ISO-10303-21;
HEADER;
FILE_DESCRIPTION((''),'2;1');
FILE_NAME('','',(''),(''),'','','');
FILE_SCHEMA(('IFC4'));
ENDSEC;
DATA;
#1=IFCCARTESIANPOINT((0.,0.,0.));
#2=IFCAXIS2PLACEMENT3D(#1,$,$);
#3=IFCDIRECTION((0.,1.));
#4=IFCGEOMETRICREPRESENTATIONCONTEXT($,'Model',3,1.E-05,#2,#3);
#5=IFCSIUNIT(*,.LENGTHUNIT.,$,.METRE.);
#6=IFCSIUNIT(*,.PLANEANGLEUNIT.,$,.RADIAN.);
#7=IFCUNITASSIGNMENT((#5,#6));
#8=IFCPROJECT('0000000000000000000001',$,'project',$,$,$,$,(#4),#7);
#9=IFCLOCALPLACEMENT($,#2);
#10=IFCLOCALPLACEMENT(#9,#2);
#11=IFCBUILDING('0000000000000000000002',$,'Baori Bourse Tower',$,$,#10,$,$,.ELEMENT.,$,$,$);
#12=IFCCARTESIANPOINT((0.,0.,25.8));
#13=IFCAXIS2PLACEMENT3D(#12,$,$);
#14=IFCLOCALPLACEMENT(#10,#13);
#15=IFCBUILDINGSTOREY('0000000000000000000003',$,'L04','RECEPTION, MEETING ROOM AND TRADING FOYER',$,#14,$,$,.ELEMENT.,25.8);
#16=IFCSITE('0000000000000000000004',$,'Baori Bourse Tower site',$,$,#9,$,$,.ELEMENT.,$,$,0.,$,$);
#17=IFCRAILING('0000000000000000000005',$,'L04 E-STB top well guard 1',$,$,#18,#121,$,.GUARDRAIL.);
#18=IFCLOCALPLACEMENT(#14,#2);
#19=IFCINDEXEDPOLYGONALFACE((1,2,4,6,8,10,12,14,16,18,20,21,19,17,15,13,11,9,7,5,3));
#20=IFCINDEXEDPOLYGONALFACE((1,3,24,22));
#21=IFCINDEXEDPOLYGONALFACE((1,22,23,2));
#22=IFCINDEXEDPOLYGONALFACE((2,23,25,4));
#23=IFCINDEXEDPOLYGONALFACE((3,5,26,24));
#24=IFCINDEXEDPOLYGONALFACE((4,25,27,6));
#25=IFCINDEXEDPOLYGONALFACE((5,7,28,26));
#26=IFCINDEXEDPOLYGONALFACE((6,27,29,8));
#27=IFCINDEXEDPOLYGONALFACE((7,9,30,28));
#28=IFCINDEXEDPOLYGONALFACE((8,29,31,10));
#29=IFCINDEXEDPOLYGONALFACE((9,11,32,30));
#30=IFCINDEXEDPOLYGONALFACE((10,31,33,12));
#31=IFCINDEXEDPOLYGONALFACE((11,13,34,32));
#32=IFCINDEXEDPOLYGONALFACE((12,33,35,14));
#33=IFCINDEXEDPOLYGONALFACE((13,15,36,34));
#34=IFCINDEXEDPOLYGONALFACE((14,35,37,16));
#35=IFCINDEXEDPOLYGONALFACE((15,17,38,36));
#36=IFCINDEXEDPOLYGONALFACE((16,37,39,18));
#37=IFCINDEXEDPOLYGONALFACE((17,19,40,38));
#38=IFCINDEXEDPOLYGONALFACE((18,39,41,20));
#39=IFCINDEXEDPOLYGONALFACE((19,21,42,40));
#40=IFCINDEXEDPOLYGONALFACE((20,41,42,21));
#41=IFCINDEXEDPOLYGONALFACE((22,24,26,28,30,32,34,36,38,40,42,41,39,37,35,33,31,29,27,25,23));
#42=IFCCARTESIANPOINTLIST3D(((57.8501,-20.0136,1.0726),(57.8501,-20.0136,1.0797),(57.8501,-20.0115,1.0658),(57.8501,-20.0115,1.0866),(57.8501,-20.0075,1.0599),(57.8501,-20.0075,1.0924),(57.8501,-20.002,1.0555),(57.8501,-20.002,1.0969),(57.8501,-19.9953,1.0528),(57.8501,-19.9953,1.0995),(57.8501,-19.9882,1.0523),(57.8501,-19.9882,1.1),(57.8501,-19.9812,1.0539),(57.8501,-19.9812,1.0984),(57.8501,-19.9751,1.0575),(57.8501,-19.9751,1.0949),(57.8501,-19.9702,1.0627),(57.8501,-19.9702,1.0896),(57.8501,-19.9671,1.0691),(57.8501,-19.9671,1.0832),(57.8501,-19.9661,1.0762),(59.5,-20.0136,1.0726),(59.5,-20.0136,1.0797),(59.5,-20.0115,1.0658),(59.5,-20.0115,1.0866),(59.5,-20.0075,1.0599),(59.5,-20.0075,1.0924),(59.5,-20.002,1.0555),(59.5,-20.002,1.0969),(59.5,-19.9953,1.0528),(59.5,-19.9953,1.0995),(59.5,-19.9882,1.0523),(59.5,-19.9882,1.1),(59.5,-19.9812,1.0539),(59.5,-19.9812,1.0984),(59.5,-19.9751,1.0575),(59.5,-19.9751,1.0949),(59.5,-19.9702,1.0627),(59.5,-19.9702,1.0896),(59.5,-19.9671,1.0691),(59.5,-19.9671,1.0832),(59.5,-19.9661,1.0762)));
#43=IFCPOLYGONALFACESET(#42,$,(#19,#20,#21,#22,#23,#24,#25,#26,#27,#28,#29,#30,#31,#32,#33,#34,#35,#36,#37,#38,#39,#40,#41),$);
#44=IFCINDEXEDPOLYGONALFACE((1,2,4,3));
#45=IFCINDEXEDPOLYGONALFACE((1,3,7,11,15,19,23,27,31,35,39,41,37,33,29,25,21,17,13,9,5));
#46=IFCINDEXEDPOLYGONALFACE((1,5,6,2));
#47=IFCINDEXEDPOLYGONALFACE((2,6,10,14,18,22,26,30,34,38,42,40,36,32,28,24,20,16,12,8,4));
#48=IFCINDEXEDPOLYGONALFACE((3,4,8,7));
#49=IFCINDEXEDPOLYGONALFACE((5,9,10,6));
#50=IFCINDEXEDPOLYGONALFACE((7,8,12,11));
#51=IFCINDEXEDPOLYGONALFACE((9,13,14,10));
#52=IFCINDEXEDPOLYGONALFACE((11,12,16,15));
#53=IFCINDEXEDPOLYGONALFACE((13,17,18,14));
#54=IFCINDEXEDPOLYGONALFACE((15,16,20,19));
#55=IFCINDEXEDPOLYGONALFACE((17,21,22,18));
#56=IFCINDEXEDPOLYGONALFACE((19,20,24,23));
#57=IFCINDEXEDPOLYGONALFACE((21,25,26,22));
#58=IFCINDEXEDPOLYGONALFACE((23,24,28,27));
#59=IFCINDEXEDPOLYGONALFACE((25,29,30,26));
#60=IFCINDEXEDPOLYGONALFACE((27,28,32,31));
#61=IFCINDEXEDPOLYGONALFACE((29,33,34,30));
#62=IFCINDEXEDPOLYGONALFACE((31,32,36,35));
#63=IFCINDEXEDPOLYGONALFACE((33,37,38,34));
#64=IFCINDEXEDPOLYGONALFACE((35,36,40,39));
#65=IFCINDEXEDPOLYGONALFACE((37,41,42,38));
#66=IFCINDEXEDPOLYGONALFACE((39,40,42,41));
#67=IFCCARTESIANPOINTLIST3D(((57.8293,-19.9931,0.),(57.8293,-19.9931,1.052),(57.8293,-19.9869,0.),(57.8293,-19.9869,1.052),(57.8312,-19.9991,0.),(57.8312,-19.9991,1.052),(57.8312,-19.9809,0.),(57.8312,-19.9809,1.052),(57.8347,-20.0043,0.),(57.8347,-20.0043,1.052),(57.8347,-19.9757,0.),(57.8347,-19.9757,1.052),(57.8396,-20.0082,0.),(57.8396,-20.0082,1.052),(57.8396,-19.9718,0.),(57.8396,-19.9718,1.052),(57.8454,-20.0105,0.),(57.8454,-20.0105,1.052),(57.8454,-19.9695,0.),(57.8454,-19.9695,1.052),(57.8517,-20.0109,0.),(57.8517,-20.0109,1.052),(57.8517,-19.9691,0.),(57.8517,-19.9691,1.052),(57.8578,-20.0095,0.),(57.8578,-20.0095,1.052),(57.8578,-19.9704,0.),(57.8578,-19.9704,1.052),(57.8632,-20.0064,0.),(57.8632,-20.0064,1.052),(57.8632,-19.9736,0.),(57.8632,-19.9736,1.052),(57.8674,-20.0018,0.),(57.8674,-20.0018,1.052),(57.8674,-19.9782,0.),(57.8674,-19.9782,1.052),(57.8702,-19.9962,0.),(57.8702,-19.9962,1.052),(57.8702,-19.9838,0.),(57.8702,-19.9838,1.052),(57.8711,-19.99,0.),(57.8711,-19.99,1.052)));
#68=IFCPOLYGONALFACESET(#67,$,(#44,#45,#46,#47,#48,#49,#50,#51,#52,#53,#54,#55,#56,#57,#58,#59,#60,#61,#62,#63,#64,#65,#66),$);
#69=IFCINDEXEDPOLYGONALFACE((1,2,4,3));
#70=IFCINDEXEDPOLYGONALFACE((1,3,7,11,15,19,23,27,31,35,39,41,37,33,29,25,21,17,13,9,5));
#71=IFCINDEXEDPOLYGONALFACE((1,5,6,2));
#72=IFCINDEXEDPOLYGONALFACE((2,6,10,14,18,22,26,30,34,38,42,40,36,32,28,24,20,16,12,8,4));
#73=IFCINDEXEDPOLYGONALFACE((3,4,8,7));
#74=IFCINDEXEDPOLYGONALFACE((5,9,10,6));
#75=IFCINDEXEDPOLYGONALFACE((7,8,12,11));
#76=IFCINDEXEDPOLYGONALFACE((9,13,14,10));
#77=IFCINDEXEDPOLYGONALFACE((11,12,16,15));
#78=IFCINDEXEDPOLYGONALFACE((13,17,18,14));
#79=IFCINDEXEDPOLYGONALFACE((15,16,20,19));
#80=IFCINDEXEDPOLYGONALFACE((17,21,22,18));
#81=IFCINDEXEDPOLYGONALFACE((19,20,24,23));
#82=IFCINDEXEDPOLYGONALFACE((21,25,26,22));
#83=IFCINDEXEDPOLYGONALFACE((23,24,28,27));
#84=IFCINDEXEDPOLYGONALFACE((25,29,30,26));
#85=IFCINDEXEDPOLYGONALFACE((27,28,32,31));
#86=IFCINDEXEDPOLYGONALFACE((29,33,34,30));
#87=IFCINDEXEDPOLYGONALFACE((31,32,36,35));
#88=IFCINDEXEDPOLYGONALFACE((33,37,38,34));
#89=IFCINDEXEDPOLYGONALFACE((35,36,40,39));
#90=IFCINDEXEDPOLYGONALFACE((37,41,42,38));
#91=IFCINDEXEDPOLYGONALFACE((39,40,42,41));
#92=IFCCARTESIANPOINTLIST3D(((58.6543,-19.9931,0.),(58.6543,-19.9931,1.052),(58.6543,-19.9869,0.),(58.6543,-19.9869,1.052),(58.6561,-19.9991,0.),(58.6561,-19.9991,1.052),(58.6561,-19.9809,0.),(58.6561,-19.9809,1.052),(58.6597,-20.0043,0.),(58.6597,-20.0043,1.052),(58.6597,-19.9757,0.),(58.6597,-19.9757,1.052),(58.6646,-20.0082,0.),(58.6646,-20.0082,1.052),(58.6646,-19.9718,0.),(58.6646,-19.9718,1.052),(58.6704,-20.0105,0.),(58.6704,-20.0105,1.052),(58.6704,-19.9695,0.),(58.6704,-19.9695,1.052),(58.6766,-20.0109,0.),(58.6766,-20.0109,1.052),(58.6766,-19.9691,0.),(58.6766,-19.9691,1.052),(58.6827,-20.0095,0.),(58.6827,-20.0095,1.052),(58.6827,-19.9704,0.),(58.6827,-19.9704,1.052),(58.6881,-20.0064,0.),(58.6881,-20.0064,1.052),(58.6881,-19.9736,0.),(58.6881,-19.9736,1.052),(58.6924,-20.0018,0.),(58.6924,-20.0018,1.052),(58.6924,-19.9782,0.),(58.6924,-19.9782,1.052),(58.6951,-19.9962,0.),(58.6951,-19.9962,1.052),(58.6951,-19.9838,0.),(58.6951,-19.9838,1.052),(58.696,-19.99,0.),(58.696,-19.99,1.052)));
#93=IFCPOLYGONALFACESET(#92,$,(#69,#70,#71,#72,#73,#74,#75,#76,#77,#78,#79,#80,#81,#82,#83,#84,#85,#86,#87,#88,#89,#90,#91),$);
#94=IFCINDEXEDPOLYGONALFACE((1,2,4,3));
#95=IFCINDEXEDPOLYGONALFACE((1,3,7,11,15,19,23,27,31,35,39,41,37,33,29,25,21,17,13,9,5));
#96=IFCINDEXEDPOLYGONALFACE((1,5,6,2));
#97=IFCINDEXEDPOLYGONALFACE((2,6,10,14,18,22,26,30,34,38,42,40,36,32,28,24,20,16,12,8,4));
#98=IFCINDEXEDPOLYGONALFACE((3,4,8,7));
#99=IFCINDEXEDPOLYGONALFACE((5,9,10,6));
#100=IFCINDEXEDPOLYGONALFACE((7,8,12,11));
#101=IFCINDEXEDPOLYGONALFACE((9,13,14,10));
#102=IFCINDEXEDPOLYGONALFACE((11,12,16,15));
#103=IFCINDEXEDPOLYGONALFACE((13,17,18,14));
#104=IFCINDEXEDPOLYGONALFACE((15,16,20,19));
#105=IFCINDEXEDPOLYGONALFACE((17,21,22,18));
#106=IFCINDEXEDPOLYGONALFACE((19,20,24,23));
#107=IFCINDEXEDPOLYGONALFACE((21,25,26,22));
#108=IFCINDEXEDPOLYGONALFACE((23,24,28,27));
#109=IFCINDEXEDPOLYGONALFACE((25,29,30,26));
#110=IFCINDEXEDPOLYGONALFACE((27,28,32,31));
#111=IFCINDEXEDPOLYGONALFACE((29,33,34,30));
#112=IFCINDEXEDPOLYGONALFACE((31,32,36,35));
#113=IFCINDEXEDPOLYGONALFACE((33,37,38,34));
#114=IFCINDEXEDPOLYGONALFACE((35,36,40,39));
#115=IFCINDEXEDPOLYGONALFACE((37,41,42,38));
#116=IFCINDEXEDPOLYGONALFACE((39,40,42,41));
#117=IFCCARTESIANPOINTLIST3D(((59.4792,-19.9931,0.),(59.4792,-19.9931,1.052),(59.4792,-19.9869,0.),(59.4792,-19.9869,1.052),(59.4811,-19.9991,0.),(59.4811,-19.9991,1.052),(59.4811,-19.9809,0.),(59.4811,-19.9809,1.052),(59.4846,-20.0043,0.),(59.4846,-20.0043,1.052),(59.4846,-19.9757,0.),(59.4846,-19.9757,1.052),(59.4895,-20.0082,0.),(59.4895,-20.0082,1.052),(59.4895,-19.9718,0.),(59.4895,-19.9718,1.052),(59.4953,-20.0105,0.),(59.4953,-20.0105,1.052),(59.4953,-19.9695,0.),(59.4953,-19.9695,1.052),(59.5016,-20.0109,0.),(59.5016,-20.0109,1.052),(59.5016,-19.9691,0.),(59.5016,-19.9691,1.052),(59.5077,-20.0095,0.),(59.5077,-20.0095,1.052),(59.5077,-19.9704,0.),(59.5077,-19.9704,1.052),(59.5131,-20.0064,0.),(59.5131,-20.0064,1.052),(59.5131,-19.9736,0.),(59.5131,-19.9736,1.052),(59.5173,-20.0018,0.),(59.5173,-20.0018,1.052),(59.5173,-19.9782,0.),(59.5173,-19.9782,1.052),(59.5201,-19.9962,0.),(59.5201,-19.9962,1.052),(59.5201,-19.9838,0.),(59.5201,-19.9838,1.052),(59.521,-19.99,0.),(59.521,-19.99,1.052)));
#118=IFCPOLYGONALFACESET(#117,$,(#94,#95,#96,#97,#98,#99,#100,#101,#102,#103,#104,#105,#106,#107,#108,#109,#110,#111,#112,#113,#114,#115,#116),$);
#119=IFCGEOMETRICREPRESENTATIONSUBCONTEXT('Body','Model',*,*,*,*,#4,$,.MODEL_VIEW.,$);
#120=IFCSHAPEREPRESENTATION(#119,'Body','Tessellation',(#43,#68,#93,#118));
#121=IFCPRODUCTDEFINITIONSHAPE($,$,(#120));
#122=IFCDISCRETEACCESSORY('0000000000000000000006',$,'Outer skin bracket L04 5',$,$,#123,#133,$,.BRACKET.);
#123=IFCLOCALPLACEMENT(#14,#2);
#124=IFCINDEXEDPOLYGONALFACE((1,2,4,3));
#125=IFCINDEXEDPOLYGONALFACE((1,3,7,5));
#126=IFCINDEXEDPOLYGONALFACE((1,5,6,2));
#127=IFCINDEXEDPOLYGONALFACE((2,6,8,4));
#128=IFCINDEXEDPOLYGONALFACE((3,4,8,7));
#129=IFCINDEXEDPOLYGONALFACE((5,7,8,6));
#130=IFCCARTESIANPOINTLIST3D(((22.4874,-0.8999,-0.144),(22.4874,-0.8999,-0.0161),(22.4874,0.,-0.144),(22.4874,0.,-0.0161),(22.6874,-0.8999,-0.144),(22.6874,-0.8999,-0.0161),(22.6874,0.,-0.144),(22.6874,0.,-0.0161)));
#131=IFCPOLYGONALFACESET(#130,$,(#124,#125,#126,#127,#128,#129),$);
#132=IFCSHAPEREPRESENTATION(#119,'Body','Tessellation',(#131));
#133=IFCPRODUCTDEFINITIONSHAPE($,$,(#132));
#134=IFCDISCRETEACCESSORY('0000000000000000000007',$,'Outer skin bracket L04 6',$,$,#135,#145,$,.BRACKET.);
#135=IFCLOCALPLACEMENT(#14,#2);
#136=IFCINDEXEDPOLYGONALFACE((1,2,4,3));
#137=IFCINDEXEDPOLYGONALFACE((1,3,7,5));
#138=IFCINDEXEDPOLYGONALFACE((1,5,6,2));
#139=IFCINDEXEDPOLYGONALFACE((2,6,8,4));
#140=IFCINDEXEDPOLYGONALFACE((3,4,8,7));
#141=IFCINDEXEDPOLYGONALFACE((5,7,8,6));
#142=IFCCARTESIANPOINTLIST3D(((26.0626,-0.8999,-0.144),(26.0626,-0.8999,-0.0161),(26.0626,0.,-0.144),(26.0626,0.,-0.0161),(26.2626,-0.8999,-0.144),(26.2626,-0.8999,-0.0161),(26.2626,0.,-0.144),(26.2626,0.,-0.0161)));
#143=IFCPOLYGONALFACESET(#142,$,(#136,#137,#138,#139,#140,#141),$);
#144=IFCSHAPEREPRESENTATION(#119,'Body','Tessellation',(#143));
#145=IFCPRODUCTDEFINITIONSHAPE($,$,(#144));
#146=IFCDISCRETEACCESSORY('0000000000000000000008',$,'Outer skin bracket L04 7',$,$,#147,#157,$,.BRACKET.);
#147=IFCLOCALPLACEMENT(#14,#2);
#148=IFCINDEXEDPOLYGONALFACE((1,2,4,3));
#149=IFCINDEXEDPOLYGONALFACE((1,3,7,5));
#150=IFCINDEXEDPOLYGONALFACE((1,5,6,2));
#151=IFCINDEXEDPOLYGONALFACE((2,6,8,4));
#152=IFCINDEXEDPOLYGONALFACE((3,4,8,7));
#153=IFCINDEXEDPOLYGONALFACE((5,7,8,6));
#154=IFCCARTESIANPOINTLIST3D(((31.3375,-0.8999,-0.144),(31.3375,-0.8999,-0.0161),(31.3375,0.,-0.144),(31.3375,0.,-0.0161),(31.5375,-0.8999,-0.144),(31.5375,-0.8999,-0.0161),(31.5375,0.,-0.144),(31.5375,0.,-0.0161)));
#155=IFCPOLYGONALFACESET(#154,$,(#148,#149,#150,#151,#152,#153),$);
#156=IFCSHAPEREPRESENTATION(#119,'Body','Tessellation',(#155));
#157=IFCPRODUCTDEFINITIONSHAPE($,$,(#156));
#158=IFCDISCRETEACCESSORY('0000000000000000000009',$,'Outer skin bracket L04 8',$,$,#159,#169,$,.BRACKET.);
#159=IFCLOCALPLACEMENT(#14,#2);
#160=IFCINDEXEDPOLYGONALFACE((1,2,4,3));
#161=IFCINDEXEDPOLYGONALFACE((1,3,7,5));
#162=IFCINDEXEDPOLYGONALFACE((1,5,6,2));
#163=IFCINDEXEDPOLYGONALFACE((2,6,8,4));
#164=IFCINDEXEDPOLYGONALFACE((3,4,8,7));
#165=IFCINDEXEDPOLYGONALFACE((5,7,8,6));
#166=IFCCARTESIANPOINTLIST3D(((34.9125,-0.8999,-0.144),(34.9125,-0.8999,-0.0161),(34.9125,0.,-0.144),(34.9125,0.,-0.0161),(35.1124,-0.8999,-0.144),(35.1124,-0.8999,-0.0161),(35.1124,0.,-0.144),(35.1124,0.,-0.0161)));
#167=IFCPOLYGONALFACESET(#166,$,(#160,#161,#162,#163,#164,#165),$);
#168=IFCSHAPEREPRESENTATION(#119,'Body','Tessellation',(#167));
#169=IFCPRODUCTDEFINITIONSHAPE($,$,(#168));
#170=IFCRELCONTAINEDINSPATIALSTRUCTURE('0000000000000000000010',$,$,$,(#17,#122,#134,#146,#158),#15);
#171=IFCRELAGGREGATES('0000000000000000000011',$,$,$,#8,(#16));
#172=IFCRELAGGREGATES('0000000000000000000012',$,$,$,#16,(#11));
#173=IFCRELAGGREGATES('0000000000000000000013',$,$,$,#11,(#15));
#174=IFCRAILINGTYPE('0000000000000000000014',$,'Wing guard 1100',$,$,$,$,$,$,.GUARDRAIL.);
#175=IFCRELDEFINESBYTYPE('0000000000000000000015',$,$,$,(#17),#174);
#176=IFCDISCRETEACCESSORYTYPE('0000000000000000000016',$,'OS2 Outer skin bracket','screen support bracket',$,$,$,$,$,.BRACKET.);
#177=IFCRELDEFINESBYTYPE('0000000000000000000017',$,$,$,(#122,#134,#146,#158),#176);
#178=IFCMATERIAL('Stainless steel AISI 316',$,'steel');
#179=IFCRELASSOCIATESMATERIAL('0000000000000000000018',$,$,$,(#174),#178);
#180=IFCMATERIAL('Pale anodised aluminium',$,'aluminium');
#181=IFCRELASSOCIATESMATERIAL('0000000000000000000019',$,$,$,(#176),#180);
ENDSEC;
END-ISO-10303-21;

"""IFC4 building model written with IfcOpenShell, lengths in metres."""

from ifc_helpers import new_model, si_unit, direction, frame, origin, origin_2d, place, context, subcontext, project, spatial, rectangle, circle, extrude, material, type_object, element, save


model = new_model("IFC4")

# Units and contexts
model_context = context("Model", 3, precision=1e-05, world=origin(), true_north=direction((0.0, 1.0)))
body_context = subcontext(model_context, "Body", "Model", "MODEL_VIEW")
ifc_project = project(units=[si_unit("LENGTHUNIT", "METRE"), si_unit("PLANEANGLEUNIT", "RADIAN")], contexts=[model_context])

# Site, building, storey
site_placement = place(None, origin())
site = spatial("IfcSite", under=ifc_project, at=site_placement, Name="Baori Bourse Tower site", CompositionType="ELEMENT", RefElevation=0.0)
building_placement = place(site_placement, origin())
building = spatial("IfcBuilding", under=site, at=building_placement, Name="Baori Bourse Tower", CompositionType="ELEMENT")
storey_placement = place(building_placement, frame((0.0, 0.0, 25.8)))
storey = spatial("IfcBuildingStorey", under=building, at=storey_placement, Name="L04", Description="RECEPTION, MEETING ROOM AND TRADING FOYER", CompositionType="ELEMENT", Elevation=25.8)

# Railing
ifc_material_1 = material(Name="Stainless steel AISI 316", Category="steel")
railing_type = type_object("IfcRailingType", Name="Wing guard 1100", PredefinedType="GUARDRAIL", material=ifc_material_1)
railing_placement = place(storey_placement, frame((57.8501, -19.99, 0.0)))
element("IfcRailing", 1, at=railing_placement, inside=storey, type_object=railing_type, Name="L04 E-STB top well guard 1", PredefinedType="GUARDRAIL", context=body_context, shape_type="SweptSolid", body=[
    extrude(circle(Radius=0.0239, at=origin_2d()), frame((0.0, 0.0, 1.0762), z_axis=(1.0, 0.0, 0.0), x_axis=(0.0, 1.0, 0.0)), (0.0, 0.0, 1.0), 1.6499),
    extrude(circle(Radius=0.021, at=origin_2d()), origin(), (0.0, 0.0, 1.0), 1.052),
    extrude(circle(Radius=0.021, at=origin_2d()), frame((0.825, 0.0, 0.0)), (0.0, 0.0, 1.0), 1.052),
    extrude(circle(Radius=0.021, at=origin_2d()), frame((1.6499, 0.0, 0.0)), (0.0, 0.0, 1.0), 1.052),
])

# Discrete accessories
ifc_material_2 = material(Name="Pale anodised aluminium", Category="aluminium")
discrete_accessory_type = type_object("IfcDiscreteAccessoryType", Name="OS2 Outer skin bracket", Description="screen support bracket", PredefinedType="BRACKET", material=ifc_material_2)
for number, where, z_axis, x_axis, name in (
    (2, (22.5874, -0.45, -0.144), (0.0, 0.0, 1.0), (1.0, 0.0, 0.0), "Outer skin bracket L04 5"),
    (3, (26.1626, -0.45, -0.144), (0.0, 0.0, 1.0), (1.0, 0.0, 0.0), "Outer skin bracket L04 6"),
    (4, (31.4375, -0.45, -0.144), (0.0, 0.0, 1.0), (1.0, 0.0, 0.0), "Outer skin bracket L04 7"),
    (5, (35.0125, -0.45, -0.144), (0.0, 0.0, 1.0), (1.0, 0.0, 0.0), "Outer skin bracket L04 8"),
):
    element("IfcDiscreteAccessory", number, at=place(storey_placement, frame(where, z_axis=z_axis, x_axis=x_axis)), inside=storey, type_object=discrete_accessory_type, Name=name, PredefinedType="BRACKET", context=body_context, shape_type="SweptSolid", body=[
        extrude(rectangle(XDim=0.2, YDim=0.8999, at=origin_2d()), origin(), (0.0, 0.0, 1.0), 0.1279),
    ])

save(model, "model.ifc")
